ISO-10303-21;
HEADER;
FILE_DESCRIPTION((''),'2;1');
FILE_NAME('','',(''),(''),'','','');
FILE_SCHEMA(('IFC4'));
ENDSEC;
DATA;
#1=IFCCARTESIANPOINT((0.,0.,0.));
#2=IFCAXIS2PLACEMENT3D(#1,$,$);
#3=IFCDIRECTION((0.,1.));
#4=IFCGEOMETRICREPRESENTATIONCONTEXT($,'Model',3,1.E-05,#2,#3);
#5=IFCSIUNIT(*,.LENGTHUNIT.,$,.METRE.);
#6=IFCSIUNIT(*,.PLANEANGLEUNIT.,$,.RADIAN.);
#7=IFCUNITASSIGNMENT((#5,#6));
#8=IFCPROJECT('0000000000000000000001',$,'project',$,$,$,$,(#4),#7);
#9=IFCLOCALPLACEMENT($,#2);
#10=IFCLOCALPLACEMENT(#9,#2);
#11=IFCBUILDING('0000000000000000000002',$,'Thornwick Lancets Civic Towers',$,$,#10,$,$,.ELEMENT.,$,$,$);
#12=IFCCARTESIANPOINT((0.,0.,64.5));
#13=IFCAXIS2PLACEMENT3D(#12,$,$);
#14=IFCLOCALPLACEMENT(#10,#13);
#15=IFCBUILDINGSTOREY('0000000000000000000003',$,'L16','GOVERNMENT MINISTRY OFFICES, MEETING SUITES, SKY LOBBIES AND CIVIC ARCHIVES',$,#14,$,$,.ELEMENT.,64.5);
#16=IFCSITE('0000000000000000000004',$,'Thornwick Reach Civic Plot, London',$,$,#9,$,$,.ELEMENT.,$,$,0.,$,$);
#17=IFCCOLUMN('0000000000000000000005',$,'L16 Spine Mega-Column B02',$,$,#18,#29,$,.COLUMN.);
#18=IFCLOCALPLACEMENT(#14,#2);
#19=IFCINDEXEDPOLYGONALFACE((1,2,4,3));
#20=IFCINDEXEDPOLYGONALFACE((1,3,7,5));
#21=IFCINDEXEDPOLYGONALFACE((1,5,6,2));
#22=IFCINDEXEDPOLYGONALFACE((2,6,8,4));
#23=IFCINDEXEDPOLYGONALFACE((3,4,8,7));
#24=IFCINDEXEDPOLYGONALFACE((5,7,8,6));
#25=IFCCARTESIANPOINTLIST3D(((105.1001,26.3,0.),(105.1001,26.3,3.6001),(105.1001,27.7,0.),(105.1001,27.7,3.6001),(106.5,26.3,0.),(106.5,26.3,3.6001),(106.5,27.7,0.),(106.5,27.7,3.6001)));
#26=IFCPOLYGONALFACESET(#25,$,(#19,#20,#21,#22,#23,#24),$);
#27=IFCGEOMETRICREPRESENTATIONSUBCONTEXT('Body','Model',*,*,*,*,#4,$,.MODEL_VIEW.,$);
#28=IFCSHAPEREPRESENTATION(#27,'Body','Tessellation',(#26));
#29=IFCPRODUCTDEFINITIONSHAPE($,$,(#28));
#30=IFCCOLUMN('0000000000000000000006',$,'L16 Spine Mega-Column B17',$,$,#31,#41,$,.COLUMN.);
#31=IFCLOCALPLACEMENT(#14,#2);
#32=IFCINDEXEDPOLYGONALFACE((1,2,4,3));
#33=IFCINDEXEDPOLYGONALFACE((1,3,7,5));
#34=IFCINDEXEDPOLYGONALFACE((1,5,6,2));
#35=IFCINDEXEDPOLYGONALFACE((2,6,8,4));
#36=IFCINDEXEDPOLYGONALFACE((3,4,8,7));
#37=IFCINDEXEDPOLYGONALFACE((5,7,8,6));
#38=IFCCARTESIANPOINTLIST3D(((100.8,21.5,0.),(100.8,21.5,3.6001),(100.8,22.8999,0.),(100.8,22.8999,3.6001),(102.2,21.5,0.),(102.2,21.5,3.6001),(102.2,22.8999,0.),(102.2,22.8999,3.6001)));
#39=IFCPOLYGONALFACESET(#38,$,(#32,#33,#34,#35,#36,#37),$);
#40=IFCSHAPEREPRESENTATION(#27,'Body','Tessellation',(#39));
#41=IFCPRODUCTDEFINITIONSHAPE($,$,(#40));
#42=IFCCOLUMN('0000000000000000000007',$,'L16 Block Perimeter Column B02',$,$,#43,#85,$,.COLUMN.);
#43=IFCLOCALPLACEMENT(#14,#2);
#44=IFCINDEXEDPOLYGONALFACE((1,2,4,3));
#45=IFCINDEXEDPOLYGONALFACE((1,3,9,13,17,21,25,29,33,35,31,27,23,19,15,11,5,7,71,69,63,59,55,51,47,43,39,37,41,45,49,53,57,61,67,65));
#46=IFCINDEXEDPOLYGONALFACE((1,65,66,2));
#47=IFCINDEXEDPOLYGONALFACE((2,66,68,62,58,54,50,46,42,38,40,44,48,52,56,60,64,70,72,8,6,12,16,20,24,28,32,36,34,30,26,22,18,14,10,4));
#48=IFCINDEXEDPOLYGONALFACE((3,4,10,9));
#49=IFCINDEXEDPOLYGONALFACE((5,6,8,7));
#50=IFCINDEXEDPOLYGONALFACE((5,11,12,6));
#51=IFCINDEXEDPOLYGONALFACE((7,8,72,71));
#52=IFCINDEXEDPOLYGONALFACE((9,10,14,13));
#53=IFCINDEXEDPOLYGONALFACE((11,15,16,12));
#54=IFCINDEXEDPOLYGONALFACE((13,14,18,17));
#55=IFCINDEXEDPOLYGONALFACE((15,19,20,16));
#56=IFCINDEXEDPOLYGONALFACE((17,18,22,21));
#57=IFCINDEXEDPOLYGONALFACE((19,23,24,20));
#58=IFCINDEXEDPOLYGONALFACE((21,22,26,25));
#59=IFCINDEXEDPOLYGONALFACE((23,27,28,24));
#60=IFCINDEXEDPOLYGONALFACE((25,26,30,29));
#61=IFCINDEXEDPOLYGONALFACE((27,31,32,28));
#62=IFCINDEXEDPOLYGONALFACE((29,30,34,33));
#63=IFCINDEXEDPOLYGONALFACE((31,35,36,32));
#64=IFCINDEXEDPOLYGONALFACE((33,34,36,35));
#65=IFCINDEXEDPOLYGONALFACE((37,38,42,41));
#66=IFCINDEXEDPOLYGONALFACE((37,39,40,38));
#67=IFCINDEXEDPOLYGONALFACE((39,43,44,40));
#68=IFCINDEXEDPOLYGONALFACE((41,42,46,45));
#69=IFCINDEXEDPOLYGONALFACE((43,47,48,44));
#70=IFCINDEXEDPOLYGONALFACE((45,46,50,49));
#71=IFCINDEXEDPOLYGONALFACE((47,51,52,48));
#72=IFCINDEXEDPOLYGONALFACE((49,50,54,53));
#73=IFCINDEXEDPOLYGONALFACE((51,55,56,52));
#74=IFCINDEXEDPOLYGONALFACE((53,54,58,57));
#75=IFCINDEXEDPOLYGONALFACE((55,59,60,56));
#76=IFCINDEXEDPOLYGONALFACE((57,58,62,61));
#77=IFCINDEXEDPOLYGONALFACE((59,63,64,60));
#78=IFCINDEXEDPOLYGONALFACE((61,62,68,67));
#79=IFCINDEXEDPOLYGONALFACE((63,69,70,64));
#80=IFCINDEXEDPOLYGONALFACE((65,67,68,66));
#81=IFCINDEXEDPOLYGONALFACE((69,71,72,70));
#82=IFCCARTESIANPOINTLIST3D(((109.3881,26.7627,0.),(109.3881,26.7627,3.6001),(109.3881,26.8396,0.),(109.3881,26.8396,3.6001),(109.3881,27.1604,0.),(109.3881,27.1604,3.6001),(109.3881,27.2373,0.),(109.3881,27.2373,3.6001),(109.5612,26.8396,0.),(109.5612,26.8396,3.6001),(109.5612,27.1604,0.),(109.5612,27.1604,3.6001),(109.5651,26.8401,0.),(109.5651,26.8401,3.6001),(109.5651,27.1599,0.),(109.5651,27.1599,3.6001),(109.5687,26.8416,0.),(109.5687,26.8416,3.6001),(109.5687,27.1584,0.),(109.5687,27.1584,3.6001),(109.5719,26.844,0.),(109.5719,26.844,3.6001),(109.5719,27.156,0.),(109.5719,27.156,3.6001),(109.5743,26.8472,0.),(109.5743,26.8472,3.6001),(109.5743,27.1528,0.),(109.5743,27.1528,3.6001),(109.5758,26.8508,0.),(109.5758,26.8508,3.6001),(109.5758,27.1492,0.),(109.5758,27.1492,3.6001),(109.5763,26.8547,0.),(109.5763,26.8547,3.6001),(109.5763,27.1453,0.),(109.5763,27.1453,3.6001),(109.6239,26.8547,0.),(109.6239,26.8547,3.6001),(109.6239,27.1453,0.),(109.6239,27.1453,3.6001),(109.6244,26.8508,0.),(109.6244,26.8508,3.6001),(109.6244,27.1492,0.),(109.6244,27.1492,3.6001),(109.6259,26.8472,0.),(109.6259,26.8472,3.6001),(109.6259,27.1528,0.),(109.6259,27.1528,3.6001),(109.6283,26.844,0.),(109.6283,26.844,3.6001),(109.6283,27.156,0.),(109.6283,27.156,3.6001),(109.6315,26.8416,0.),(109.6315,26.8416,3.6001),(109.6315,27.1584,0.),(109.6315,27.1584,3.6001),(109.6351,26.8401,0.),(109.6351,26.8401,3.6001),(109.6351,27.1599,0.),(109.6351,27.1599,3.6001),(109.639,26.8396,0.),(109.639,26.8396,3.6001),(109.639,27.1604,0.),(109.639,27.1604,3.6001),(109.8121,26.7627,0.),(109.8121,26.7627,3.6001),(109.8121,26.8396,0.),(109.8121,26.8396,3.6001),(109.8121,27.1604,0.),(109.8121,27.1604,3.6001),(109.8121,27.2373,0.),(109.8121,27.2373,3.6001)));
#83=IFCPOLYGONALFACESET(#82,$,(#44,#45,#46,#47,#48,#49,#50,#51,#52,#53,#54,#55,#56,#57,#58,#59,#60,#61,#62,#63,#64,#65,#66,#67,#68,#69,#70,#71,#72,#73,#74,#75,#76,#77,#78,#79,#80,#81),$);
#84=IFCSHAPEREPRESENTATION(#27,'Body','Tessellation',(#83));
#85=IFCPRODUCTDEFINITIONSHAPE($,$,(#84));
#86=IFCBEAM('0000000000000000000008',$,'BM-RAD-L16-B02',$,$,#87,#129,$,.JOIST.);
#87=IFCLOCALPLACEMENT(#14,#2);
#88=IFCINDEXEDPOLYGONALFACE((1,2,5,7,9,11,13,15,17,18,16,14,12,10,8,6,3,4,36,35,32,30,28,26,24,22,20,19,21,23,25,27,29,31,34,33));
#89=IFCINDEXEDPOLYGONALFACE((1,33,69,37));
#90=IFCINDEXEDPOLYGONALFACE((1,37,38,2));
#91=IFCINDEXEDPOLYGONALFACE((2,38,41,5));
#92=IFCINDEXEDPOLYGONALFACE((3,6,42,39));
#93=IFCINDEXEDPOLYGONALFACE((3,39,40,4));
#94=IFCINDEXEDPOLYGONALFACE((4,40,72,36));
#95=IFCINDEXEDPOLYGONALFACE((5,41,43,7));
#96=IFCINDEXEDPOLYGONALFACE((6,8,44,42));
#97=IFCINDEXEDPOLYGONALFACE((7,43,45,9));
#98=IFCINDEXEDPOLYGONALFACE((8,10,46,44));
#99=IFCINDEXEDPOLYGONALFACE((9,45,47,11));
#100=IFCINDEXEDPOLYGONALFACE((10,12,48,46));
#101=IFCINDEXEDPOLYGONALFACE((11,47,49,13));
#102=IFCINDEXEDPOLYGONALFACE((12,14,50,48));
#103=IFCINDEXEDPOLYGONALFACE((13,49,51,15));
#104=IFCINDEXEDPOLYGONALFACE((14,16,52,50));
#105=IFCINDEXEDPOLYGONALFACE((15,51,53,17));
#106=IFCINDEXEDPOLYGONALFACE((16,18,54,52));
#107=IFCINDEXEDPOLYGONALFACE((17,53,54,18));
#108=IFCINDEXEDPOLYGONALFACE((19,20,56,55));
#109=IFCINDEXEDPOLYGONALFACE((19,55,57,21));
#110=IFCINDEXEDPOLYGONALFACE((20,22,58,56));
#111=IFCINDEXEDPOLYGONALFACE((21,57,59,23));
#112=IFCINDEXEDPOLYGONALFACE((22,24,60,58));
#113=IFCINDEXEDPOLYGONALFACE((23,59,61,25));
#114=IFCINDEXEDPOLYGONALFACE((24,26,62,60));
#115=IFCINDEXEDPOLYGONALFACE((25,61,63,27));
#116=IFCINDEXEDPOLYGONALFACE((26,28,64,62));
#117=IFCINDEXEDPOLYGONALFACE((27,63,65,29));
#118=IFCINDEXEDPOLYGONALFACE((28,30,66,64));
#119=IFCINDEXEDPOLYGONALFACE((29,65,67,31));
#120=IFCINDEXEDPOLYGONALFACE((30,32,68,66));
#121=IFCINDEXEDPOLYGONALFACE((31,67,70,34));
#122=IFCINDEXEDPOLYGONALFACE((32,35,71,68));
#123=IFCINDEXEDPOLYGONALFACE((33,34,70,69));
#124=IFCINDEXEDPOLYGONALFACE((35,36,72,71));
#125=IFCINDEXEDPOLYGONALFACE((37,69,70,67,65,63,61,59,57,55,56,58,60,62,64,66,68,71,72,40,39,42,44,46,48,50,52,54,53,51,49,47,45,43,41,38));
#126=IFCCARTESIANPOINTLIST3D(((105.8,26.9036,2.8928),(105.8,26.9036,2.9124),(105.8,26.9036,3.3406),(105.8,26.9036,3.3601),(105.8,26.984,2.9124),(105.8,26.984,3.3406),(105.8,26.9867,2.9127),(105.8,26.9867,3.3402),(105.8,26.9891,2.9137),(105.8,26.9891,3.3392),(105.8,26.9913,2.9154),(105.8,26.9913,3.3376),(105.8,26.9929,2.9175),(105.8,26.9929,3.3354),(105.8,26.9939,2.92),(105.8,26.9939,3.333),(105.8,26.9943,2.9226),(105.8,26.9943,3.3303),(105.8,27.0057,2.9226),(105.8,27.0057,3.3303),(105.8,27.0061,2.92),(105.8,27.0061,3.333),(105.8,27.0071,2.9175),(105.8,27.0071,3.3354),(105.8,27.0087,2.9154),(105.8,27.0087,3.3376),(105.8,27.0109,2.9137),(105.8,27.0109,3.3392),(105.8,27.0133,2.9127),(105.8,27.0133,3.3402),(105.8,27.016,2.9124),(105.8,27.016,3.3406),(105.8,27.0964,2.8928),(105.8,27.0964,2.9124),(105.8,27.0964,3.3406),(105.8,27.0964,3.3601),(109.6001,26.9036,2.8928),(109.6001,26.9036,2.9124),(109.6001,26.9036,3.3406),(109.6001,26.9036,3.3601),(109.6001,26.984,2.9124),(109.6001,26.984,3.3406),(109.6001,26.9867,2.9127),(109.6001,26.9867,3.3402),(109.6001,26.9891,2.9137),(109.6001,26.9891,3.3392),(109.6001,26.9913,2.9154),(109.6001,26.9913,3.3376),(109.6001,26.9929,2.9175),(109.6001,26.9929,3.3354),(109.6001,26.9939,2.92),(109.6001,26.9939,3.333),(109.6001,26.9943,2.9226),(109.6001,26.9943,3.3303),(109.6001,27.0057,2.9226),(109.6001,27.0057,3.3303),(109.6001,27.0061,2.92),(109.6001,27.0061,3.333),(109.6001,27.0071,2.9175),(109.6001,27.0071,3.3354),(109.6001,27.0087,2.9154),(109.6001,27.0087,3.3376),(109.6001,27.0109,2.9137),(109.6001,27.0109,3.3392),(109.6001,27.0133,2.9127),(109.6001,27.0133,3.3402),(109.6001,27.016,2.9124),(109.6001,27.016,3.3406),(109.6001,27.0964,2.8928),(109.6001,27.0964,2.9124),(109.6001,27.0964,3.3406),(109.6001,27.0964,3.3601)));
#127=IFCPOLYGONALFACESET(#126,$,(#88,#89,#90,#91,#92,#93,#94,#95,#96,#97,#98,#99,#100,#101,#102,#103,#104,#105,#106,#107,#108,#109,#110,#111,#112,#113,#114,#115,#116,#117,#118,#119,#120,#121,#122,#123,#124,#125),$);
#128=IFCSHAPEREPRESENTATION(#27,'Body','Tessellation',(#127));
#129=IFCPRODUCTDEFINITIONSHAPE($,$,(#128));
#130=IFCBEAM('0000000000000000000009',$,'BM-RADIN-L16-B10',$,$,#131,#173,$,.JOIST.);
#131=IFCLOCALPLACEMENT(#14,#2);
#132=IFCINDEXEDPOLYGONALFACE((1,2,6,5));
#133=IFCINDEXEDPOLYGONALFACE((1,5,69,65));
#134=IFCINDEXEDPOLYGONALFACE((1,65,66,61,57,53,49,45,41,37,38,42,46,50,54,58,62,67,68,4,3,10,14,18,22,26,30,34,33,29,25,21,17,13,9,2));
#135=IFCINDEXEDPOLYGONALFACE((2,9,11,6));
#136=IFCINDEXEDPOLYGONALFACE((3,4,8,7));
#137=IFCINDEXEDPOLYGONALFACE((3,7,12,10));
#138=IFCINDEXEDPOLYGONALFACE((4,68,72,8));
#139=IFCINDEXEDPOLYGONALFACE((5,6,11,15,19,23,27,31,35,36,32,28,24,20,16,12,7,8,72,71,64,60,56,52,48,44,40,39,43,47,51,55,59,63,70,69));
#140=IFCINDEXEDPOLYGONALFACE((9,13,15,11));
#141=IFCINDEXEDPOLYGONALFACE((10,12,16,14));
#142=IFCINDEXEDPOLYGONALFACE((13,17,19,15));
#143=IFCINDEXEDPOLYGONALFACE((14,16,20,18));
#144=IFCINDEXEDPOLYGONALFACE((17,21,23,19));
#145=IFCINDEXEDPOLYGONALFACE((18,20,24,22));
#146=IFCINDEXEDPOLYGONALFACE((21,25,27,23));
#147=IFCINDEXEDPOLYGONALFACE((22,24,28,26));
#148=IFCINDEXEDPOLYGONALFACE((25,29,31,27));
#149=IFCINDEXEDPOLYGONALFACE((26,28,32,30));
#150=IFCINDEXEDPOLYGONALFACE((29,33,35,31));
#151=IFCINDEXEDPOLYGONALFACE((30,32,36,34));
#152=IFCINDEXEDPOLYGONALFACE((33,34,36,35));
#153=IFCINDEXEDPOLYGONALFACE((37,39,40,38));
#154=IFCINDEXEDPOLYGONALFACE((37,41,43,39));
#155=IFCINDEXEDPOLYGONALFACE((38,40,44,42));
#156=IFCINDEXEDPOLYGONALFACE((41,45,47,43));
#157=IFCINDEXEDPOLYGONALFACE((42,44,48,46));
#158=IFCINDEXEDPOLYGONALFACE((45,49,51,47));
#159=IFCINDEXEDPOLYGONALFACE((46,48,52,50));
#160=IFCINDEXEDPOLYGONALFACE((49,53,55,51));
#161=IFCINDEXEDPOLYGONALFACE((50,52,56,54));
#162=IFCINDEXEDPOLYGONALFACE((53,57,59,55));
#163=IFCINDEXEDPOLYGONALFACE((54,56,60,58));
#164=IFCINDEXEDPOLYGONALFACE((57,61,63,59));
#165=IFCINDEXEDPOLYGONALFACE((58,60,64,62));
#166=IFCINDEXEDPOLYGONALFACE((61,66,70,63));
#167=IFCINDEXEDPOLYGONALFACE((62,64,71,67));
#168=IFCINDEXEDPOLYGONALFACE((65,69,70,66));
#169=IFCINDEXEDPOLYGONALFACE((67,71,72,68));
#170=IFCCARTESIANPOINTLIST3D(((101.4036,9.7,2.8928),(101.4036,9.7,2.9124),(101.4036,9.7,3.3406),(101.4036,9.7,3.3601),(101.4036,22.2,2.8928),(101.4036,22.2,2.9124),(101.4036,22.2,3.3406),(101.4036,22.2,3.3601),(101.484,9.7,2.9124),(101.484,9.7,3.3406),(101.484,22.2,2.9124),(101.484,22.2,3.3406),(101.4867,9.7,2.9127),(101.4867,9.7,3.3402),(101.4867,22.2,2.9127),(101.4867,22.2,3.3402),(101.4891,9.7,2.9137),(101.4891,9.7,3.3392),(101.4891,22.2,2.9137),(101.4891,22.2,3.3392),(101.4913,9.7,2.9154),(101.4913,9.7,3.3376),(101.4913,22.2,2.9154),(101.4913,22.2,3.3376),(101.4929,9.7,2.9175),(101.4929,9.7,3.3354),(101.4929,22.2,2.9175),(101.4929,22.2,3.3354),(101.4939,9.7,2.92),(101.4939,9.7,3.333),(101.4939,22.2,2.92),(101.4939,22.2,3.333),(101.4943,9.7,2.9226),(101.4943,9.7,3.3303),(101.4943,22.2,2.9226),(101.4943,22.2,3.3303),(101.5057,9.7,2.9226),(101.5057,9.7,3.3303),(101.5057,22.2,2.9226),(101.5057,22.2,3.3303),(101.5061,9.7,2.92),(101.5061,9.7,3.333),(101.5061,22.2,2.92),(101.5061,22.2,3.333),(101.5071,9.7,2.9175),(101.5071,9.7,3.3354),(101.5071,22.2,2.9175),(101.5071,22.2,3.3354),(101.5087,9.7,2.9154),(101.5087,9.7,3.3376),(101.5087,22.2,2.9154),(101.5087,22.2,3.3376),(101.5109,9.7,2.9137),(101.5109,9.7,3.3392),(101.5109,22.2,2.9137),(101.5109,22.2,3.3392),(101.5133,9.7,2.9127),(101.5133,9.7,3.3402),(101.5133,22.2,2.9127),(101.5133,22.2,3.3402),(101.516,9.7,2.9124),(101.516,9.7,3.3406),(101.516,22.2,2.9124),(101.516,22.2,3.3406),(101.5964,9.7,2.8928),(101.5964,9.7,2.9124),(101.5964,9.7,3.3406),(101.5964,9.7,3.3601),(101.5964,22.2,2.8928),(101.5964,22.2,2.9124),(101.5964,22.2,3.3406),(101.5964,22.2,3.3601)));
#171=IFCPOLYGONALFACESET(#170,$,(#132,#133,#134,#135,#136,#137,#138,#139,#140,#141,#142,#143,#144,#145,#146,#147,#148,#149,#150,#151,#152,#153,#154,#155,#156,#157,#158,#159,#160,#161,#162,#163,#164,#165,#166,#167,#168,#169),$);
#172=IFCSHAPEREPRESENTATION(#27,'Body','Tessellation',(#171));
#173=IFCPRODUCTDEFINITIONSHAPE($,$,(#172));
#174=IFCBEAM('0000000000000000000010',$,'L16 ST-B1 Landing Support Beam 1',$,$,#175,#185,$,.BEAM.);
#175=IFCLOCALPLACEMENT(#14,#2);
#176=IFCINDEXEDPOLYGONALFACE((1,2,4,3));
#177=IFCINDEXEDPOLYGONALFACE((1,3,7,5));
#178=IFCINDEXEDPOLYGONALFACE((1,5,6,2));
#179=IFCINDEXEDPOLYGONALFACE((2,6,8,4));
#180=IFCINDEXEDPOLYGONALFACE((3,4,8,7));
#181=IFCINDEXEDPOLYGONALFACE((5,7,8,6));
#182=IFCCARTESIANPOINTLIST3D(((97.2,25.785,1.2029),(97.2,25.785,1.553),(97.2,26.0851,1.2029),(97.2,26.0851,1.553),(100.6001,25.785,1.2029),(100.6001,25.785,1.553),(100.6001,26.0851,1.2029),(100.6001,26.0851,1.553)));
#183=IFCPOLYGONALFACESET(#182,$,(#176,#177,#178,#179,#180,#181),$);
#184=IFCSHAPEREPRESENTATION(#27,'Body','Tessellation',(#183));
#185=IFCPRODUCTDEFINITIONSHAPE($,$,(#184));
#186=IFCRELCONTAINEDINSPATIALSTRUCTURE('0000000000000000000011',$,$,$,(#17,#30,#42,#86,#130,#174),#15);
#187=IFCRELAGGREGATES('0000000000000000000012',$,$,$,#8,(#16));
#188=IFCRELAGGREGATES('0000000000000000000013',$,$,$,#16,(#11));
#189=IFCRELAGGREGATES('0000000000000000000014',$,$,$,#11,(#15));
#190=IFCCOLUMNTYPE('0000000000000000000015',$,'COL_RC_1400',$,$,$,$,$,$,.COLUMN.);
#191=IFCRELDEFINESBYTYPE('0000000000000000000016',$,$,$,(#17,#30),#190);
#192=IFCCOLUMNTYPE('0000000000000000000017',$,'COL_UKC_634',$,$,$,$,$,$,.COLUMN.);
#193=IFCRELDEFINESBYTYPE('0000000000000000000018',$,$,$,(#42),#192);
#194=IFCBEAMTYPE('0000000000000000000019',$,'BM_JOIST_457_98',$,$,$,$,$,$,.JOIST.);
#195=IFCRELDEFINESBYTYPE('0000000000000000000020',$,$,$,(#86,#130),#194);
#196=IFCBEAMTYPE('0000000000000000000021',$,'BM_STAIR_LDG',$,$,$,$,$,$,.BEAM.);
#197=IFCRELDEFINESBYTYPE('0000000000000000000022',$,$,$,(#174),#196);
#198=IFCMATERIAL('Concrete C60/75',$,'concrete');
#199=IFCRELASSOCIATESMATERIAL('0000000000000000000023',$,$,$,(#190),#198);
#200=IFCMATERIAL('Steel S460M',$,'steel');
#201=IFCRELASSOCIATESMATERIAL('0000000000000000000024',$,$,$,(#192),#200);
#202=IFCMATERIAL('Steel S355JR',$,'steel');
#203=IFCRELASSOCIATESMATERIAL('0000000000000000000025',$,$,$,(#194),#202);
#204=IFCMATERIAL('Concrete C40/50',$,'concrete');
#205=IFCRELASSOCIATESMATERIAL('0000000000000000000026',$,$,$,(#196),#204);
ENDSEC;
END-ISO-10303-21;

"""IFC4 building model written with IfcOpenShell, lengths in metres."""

from ifc_helpers import new_model, si_unit, direction, frame, origin, origin_2d, place, context, subcontext, project, spatial, rectangle, i_section, extrude, material, material_profile, profile_set, type_object, element, save


model = new_model("IFC4")

# Units and contexts
model_context = context("Model", 3, precision=1e-05, world=origin(), true_north=direction((0.0, 1.0)))
body_context = subcontext(model_context, "Body", "Model", "MODEL_VIEW")
ifc_project = project(units=[si_unit("LENGTHUNIT", "METRE"), si_unit("PLANEANGLEUNIT", "RADIAN")], contexts=[model_context])

# Site, building, storey
site_placement = place(None, origin())
site = spatial("IfcSite", under=ifc_project, at=site_placement, Name="Thornwick Reach Civic Plot, London", CompositionType="ELEMENT", RefElevation=0.0)
building_placement = place(site_placement, origin())
building = spatial("IfcBuilding", under=site, at=building_placement, Name="Thornwick Lancets Civic Towers", CompositionType="ELEMENT")
storey_placement = place(building_placement, frame((0.0, 0.0, 64.5)))
storey = spatial("IfcBuildingStorey", under=building, at=storey_placement, Name="L16", Description="GOVERNMENT MINISTRY OFFICES, MEETING SUITES, SKY LOBBIES AND CIVIC ARCHIVES", CompositionType="ELEMENT", Elevation=64.5)

# Columns
ifc_material_1 = material(Name="Concrete C60/75", Category="concrete")
ifc_material_profile_1 = material_profile(ifc_material_1, rectangle(XDim=1.3999, YDim=1.3999, at=origin_2d()), Name="RC 1400x1400")
ifc_profile_set_1 = profile_set([ifc_material_profile_1], Name="Concrete C60/75")
column_type_1 = type_object("IfcColumnType", Name="COL_RC_1400", PredefinedType="COLUMN", material=ifc_profile_set_1)
for number, where, z_axis, x_axis, name in (
    (1, (105.8, 27.0, 0.0), (0.0, 0.0, 1.0), (1.0, 0.0, 0.0), "L16 Spine Mega-Column B02"),
    (2, (101.5, 22.2, 0.0), (0.0, 0.0, 1.0), (1.0, 0.0, 0.0), "L16 Spine Mega-Column B17"),
):
    element("IfcColumn", number, at=place(storey_placement, frame(where, z_axis=z_axis, x_axis=x_axis)), inside=storey, type_object=column_type_1, Name=name, PredefinedType="COLUMN", context=body_context, shape_type="SweptSolid", body=[
        extrude(rectangle(XDim=1.3999, YDim=1.3999, at=origin_2d()), origin(), (0.0, 0.0, 1.0), 3.6001),
    ])
ifc_material_2 = material(Name="Steel S460M", Category="steel")
ifc_material_profile_2 = material_profile(ifc_material_2, i_section(OverallWidth=0.4241, OverallDepth=0.4746, WebThickness=0.0476, FlangeThickness=0.0769, FilletRadius=0.0151, at=origin_2d()), Name="UKC 356x406x634")
ifc_profile_set_2 = profile_set([ifc_material_profile_2], Name="Steel S460M")
column_type_2 = type_object("IfcColumnType", Name="COL_UKC_634", PredefinedType="COLUMN", material=ifc_profile_set_2)
column_placement = place(storey_placement, frame((109.6001, 27.0, 0.0), z_axis=(0.0, 0.0, 1.0), x_axis=(1.0, 0.0, 0.0)))
element("IfcColumn", 3, at=column_placement, inside=storey, type_object=column_type_2, Name="L16 Block Perimeter Column B02", PredefinedType="COLUMN", context=body_context, shape_type="SweptSolid", body=[
    extrude(i_section(OverallWidth=0.4241, OverallDepth=0.4746, WebThickness=0.0476, FlangeThickness=0.0769, FilletRadius=0.0151, at=origin_2d()), origin(), (0.0, 0.0, 1.0), 3.6001),
])

# Beams
ifc_material_3 = material(Name="Steel S355JR", Category="steel")
ifc_material_profile_3 = material_profile(ifc_material_3, i_section(OverallWidth=0.1929, OverallDepth=0.4673, WebThickness=0.0115, FlangeThickness=0.0195, FilletRadius=0.0103, at=origin_2d()), Name="UKB 457x191x98")
ifc_profile_set_3 = profile_set([ifc_material_profile_3], Name="Steel S355JR")
beam_type_1 = type_object("IfcBeamType", Name="BM_JOIST_457_98", PredefinedType="JOIST", material=ifc_profile_set_3)
beam_1_placement = place(storey_placement, frame((105.8, 27.0, 3.1265), z_axis=(1.0, 0.0, 0.0), x_axis=(0.0, 1.0, 0.0)))
element("IfcBeam", 4, at=beam_1_placement, inside=storey, type_object=beam_type_1, Name="BM-RAD-L16-B02", PredefinedType="JOIST", context=body_context, shape_type="SweptSolid", body=[
    extrude(i_section(OverallWidth=0.1929, OverallDepth=0.4673, WebThickness=0.0115, FlangeThickness=0.0195, FilletRadius=0.0103, at=origin_2d()), origin(), (0.0, 0.0, 1.0), 3.8),
])
beam_2_placement = place(storey_placement, frame((101.5, 22.2, 3.1265), z_axis=(0.0, -1.0, 0.0), x_axis=(1.0, 0.0, 0.0)))
element("IfcBeam", 5, at=beam_2_placement, inside=storey, type_object=beam_type_1, Name="BM-RADIN-L16-B10", PredefinedType="JOIST", context=body_context, shape_type="SweptSolid", body=[
    extrude(i_section(OverallWidth=0.1929, OverallDepth=0.4673, WebThickness=0.0115, FlangeThickness=0.0195, FilletRadius=0.0103, at=origin_2d()), origin(), (0.0, 0.0, 1.0), 12.5),
])
ifc_material_4 = material(Name="Concrete C40/50", Category="concrete")
ifc_material_profile_4 = material_profile(ifc_material_4, rectangle(XDim=0.3, YDim=0.3501, at=origin_2d()), Name="RC 300x350")
ifc_profile_set_4 = profile_set([ifc_material_profile_4], Name="Concrete C40/50")
beam_type_2 = type_object("IfcBeamType", Name="BM_STAIR_LDG", PredefinedType="BEAM", material=ifc_profile_set_4)
beam_3_placement = place(storey_placement, frame((100.6001, 25.9351, 1.3779), z_axis=(-1.0, 0.0, 0.0), x_axis=(0.0, -1.0, 0.0)))
element("IfcBeam", 6, at=beam_3_placement, inside=storey, type_object=beam_type_2, Name="L16 ST-B1 Landing Support Beam 1", PredefinedType="BEAM", context=body_context, shape_type="SweptSolid", body=[
    extrude(rectangle(XDim=0.3, YDim=0.3501, at=origin_2d()), origin(), (0.0, 0.0, 1.0), 3.4001),
])

save(model, "model.ifc")
